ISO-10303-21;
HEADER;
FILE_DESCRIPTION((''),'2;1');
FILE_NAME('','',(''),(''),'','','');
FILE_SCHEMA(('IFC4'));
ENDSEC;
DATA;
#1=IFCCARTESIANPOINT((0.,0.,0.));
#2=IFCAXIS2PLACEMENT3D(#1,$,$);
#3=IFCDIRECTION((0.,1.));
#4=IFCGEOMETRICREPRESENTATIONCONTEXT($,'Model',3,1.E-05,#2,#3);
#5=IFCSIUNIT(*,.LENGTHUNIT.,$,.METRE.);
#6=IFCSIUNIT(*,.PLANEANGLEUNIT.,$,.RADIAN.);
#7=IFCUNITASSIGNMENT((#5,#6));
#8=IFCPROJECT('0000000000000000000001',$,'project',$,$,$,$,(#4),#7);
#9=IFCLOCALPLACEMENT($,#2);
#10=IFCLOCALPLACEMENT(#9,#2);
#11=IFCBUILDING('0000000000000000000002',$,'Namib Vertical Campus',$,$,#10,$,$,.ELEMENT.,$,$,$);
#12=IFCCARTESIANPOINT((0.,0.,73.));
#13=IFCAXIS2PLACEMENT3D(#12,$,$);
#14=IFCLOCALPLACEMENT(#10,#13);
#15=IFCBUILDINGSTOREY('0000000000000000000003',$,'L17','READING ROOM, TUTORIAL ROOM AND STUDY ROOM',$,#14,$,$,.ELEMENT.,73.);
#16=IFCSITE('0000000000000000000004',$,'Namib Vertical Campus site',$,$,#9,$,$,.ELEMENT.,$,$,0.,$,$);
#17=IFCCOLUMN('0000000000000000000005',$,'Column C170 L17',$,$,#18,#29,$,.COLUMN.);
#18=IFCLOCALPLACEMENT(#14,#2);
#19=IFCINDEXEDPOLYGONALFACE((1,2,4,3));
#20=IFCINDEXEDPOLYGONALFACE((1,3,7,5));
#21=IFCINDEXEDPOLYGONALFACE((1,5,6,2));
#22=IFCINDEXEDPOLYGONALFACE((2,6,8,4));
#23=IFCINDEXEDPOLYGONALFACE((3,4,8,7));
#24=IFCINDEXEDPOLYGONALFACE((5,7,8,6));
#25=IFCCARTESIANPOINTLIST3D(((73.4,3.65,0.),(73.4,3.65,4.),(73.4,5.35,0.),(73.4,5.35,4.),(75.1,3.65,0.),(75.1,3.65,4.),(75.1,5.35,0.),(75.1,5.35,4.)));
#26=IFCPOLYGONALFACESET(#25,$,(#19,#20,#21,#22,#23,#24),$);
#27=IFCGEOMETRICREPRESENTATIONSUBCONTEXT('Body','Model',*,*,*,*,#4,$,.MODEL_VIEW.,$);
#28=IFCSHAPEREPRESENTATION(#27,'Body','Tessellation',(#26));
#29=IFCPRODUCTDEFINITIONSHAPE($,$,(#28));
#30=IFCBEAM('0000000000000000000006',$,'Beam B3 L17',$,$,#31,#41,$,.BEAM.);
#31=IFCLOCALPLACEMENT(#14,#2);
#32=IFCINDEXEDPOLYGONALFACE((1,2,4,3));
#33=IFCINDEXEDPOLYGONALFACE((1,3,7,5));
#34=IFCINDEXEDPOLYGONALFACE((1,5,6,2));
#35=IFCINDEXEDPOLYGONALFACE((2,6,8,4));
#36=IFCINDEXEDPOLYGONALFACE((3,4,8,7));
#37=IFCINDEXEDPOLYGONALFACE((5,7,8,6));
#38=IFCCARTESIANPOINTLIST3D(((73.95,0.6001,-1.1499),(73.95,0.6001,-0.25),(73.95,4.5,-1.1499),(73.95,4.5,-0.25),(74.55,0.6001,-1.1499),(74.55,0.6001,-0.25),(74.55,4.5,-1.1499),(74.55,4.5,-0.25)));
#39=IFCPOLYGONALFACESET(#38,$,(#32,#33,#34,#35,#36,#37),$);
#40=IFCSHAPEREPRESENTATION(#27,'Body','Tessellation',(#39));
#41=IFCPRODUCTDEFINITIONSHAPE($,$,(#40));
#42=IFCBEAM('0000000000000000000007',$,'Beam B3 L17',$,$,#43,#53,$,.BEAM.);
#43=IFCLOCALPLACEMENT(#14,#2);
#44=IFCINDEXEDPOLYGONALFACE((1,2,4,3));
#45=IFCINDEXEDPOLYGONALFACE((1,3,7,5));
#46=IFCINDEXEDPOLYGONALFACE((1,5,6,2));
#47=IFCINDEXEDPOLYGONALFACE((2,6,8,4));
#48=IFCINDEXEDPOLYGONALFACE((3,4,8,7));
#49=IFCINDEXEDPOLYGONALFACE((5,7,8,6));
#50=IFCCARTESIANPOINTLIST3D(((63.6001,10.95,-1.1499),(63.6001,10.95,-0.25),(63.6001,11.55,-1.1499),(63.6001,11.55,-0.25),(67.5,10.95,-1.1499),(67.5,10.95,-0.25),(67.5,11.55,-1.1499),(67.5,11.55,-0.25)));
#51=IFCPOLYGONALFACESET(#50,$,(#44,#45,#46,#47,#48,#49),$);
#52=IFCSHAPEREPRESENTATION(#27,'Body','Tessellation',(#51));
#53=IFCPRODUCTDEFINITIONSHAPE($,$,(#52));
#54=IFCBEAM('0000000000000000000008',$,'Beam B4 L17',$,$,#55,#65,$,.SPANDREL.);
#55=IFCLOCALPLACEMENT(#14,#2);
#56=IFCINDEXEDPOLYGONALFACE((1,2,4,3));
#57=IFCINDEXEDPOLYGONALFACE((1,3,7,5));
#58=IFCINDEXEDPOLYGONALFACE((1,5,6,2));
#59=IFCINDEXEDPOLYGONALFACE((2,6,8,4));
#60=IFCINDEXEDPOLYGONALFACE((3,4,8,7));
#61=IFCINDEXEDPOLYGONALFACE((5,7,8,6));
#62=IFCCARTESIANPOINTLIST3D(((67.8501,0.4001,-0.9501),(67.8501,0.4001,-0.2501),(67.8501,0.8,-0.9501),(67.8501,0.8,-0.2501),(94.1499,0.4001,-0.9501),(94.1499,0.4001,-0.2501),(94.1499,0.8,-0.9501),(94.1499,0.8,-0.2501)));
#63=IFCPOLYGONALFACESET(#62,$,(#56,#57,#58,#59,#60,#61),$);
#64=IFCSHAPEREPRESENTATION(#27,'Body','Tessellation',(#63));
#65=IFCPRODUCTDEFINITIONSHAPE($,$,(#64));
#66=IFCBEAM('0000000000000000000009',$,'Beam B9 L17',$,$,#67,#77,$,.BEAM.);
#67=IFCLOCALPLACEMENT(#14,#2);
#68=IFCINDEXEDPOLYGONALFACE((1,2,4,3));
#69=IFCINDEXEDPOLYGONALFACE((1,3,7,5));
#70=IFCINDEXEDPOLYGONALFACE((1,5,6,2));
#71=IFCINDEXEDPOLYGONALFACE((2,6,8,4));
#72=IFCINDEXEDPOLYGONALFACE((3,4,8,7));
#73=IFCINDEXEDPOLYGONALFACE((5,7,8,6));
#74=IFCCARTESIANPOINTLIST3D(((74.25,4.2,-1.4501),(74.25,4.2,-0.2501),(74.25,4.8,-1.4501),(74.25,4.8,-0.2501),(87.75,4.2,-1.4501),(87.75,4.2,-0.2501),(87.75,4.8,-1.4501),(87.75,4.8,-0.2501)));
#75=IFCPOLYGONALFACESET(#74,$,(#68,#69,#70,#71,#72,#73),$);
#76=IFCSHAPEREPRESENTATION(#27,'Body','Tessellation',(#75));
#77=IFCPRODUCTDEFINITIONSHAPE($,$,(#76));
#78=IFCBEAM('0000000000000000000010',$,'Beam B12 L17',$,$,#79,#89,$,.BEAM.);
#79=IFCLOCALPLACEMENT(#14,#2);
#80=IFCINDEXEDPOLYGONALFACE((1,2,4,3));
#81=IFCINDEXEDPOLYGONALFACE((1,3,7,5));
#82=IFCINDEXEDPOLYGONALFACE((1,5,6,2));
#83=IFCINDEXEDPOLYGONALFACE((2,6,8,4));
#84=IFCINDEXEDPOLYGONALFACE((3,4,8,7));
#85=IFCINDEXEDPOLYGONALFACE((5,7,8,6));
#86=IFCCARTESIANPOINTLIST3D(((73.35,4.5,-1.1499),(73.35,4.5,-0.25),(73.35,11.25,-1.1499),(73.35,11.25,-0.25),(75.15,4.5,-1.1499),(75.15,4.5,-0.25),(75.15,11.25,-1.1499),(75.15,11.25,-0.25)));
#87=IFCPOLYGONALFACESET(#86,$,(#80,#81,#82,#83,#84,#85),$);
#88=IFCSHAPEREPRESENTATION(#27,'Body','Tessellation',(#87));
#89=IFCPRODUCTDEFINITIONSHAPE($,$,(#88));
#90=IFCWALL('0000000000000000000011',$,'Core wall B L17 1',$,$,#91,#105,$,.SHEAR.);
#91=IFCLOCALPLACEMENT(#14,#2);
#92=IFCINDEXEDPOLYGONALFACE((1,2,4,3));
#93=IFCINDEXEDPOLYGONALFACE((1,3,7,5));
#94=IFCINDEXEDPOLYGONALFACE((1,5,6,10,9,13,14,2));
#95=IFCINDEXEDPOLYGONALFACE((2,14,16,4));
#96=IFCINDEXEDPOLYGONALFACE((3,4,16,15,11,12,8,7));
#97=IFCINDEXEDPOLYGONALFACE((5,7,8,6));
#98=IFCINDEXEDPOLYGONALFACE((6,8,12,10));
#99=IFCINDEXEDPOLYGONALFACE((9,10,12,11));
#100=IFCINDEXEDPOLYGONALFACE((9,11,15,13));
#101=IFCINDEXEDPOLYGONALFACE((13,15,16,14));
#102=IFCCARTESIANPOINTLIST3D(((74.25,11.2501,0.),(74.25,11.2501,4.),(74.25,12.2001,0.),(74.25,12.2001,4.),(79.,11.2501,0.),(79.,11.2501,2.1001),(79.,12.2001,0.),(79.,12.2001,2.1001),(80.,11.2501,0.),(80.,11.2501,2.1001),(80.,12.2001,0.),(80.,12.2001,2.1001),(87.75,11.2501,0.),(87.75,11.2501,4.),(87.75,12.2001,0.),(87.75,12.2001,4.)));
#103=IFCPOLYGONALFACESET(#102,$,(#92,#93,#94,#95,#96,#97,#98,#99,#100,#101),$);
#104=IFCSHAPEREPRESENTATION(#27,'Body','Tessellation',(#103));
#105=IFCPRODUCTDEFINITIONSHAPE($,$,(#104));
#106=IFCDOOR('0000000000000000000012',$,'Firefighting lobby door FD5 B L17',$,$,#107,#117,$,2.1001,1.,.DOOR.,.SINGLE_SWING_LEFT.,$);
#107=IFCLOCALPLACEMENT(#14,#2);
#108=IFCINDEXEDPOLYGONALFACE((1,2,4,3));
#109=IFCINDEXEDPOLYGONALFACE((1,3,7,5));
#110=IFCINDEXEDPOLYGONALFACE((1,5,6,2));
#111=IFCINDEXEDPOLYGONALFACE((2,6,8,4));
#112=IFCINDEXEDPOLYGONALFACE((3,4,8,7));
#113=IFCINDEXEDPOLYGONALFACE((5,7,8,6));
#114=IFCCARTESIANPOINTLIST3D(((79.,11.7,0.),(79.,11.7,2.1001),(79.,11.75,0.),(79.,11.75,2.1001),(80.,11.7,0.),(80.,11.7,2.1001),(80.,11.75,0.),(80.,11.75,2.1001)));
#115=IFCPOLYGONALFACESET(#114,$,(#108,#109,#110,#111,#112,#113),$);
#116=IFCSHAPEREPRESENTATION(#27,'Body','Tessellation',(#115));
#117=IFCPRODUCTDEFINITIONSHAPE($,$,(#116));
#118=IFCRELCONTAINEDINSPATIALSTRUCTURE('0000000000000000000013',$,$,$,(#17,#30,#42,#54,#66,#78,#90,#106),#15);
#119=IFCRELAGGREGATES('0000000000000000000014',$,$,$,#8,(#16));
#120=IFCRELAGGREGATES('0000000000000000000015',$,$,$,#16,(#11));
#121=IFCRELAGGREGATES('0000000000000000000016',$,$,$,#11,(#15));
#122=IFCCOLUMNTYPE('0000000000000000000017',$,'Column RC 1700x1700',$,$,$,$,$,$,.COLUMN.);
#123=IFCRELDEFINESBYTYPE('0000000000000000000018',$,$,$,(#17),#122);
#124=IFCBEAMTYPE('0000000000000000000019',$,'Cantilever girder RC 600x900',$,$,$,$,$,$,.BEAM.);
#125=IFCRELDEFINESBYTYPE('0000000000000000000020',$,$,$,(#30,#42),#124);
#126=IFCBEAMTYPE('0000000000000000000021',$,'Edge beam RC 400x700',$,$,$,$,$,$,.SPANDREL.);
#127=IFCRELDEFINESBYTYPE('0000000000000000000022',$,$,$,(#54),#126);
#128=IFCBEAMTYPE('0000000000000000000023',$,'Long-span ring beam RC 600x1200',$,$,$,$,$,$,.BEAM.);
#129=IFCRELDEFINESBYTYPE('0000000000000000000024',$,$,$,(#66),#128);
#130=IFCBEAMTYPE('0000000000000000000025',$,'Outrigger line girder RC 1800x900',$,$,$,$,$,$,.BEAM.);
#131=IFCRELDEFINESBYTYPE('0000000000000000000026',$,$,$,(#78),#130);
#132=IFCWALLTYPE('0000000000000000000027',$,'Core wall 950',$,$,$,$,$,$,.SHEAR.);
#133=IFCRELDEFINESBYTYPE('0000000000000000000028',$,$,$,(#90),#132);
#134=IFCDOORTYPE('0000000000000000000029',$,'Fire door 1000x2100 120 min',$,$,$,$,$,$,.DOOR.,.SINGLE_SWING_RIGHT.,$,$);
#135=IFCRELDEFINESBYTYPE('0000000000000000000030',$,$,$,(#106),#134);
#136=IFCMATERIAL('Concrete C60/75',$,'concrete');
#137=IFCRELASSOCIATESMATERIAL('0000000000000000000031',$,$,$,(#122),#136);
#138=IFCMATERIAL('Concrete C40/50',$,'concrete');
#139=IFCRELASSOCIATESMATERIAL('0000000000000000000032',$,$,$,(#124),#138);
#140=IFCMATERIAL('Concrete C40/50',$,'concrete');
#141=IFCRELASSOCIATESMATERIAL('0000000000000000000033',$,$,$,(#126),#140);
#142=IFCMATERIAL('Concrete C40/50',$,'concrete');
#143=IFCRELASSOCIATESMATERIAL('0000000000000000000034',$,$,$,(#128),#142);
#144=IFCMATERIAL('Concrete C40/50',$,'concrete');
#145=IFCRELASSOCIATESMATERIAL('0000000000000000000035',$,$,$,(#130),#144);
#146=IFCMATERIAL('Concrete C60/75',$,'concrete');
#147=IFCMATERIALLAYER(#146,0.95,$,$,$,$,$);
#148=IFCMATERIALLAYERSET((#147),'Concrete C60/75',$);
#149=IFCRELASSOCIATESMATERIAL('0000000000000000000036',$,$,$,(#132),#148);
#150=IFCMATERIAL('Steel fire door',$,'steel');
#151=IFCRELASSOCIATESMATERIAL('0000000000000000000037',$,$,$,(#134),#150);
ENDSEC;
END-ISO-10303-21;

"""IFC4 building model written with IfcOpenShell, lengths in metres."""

from ifc_helpers import new_model, si_unit, direction, frame, frame_2d, origin, origin_2d, place, context, subcontext, project, spatial, rectangle, extrude, material, layer, layer_set, material_profile, profile_set, type_object, element, fill, save


model = new_model("IFC4")

# Units and contexts
model_context = context("Model", 3, precision=1e-05, world=origin(), true_north=direction((0.0, 1.0)))
body_context = subcontext(model_context, "Body", "Model", "MODEL_VIEW")
ifc_project = project(units=[si_unit("LENGTHUNIT", "METRE"), si_unit("PLANEANGLEUNIT", "RADIAN")], contexts=[model_context])

# Site, building, storey
site_placement = place(None, origin())
site = spatial("IfcSite", under=ifc_project, at=site_placement, Name="Namib Vertical Campus site", CompositionType="ELEMENT", RefElevation=0.0)
building_placement = place(site_placement, origin())
building = spatial("IfcBuilding", under=site, at=building_placement, Name="Namib Vertical Campus", CompositionType="ELEMENT")
storey_placement = place(building_placement, frame((0.0, 0.0, 73.0)))
storey = spatial("IfcBuildingStorey", under=building, at=storey_placement, Name="L17", Description="READING ROOM, TUTORIAL ROOM AND STUDY ROOM", CompositionType="ELEMENT", Elevation=73.0)

# Column
ifc_material_1 = material(Name="Concrete C60/75", Category="concrete")
ifc_material_profile_1 = material_profile(ifc_material_1, rectangle(XDim=1.7, YDim=1.7, at=origin_2d()))
ifc_profile_set_1 = profile_set([ifc_material_profile_1], Name="Concrete C60/75")
column_type = type_object("IfcColumnType", Name="Column RC 1700x1700", PredefinedType="COLUMN", material=ifc_profile_set_1)
column_placement = place(storey_placement, frame((74.25, 4.5, 0.0), z_axis=(0.0, 0.0, 1.0), x_axis=(1.0, 0.0, 0.0)))
element("IfcColumn", 1, at=column_placement, inside=storey, type_object=column_type, Name="Column C170 L17", PredefinedType="COLUMN", context=body_context, shape_type="SweptSolid", body=[
    extrude(rectangle(XDim=1.7, YDim=1.7, at=origin_2d()), origin(), (0.0, 0.0, 1.0), 4.0),
])

# Beams
ifc_material_2 = material(Name="Concrete C40/50", Category="concrete")
ifc_material_profile_2 = material_profile(ifc_material_2, rectangle(XDim=0.6001, YDim=0.8999, at=origin_2d()))
ifc_profile_set_2 = profile_set([ifc_material_profile_2], Name="Concrete C40/50")
beam_type_1 = type_object("IfcBeamType", Name="Cantilever girder RC 600x900", PredefinedType="BEAM", material=ifc_profile_set_2)
for number, where, z_axis, x_axis, name in (
    (2, (74.25, 4.5, -0.7), (0.0, -1.0, 0.0), (1.0, 0.0, 0.0), "Beam B3 L17"),
    (3, (67.5, 11.25, -0.7), (-1.0, 0.0, 0.0), (0.0, -1.0, 0.0), "Beam B3 L17"),
):
    element("IfcBeam", number, at=place(storey_placement, frame(where, z_axis=z_axis, x_axis=x_axis)), inside=storey, type_object=beam_type_1, Name=name, PredefinedType="BEAM", context=body_context, shape_type="SweptSolid", body=[
        extrude(rectangle(XDim=0.6001, YDim=0.8999, at=origin_2d()), origin(), (0.0, 0.0, 1.0), 3.8999),
    ])
ifc_material_3 = material(Name="Concrete C40/50", Category="concrete")
ifc_material_profile_3 = material_profile(ifc_material_3, rectangle(XDim=0.3999, YDim=0.7, at=origin_2d()))
ifc_profile_set_3 = profile_set([ifc_material_profile_3], Name="Concrete C40/50")
beam_type_2 = type_object("IfcBeamType", Name="Edge beam RC 400x700", PredefinedType="SPANDREL", material=ifc_profile_set_3)
beam_1_placement = place(storey_placement, frame((67.8501, 0.6001, -0.6001), z_axis=(1.0, 0.0, 0.0), x_axis=(0.0, 1.0, 0.0)))
element("IfcBeam", 4, at=beam_1_placement, inside=storey, type_object=beam_type_2, Name="Beam B4 L17", PredefinedType="SPANDREL", context=body_context, shape_type="SweptSolid", body=[
    extrude(rectangle(XDim=0.3999, YDim=0.7, at=origin_2d()), origin(), (0.0, 0.0, 1.0), 26.2998),
])
ifc_material_4 = material(Name="Concrete C40/50", Category="concrete")
ifc_material_profile_4 = material_profile(ifc_material_4, rectangle(XDim=0.6001, YDim=1.2, at=origin_2d()))
ifc_profile_set_4 = profile_set([ifc_material_profile_4], Name="Concrete C40/50")
beam_type_3 = type_object("IfcBeamType", Name="Long-span ring beam RC 600x1200", PredefinedType="BEAM", material=ifc_profile_set_4)
beam_2_placement = place(storey_placement, frame((74.25, 4.5, -0.8501), z_axis=(1.0, 0.0, 0.0), x_axis=(0.0, 1.0, 0.0)))
element("IfcBeam", 5, at=beam_2_placement, inside=storey, type_object=beam_type_3, Name="Beam B9 L17", PredefinedType="BEAM", context=body_context, shape_type="SweptSolid", body=[
    extrude(rectangle(XDim=0.6001, YDim=1.2, at=origin_2d()), origin(), (0.0, 0.0, 1.0), 13.5),
])
ifc_material_5 = material(Name="Concrete C40/50", Category="concrete")
ifc_material_profile_5 = material_profile(ifc_material_5, rectangle(XDim=1.8, YDim=0.8999, at=origin_2d()))
ifc_profile_set_5 = profile_set([ifc_material_profile_5], Name="Concrete C40/50")
beam_type_4 = type_object("IfcBeamType", Name="Outrigger line girder RC 1800x900", PredefinedType="BEAM", material=ifc_profile_set_5)
beam_3_placement = place(storey_placement, frame((74.25, 4.5, -0.7), z_axis=(0.0, 1.0, 0.0), x_axis=(-1.0, 0.0, 0.0)))
element("IfcBeam", 6, at=beam_3_placement, inside=storey, type_object=beam_type_4, Name="Beam B12 L17", PredefinedType="BEAM", context=body_context, shape_type="SweptSolid", body=[
    extrude(rectangle(XDim=1.8, YDim=0.8999, at=origin_2d()), origin(), (0.0, 0.0, 1.0), 6.75),
])

# Wall, opening, door
ifc_material_6 = material(Name="Concrete C60/75", Category="concrete")
ifc_layer_1 = layer(ifc_material_6, 0.95)
ifc_layer_set_1 = layer_set([ifc_layer_1], Name="Concrete C60/75")
wall_type_1 = type_object("IfcWallType", Name="Core wall 950", PredefinedType="SHEAR", material=ifc_layer_set_1)
wall_1_placement = place(storey_placement, frame((74.25, 11.7251, 0.0), z_axis=(0.0, 0.0, 1.0), x_axis=(1.0, 0.0, 0.0)))
wall_1 = element("IfcWall", 7, at=wall_1_placement, inside=storey, type_object=wall_type_1, Name="Core wall B L17 1", PredefinedType="SHEAR", context=body_context, shape_type="SweptSolid", body=[
    extrude(rectangle(XDim=13.5, YDim=0.95, at=frame_2d((6.75, 0.0))), origin(), (0.0, 0.0, 1.0), 4.0),
])
opening_1_placement = place(wall_1_placement, frame((4.75, 0.0, 0.0)))
opening_1 = element("IfcOpeningElement", 8, at=opening_1_placement, cuts=wall_1, PredefinedType="OPENING", context=body_context, shape_type="SweptSolid", body=[
    extrude(rectangle(XDim=1.0, YDim=2.1001, at=frame_2d((0.5, 1.05))), frame((0.0, 0.4849, 0.0), z_axis=(0.0, -1.0, 0.0), x_axis=(1.0, 0.0, 0.0)), (0.0, 0.0, 1.0), 0.97),
])
ifc_material_7 = material(Name="Steel fire door", Category="steel")
door_type_1 = type_object("IfcDoorType", Name="Fire door 1000x2100 120 min", OperationType="SINGLE_SWING_RIGHT", PredefinedType="DOOR", material=ifc_material_7)
door_1_placement = place(opening_1_placement, origin())
door_1 = element("IfcDoor", 9, at=door_1_placement, inside=storey, type_object=door_type_1, Name="Firefighting lobby door FD5 B L17", OperationType="SINGLE_SWING_LEFT", OverallHeight=2.1001, OverallWidth=1.0, PredefinedType="DOOR", context=body_context, shape_type="SweptSolid", body=[
    extrude(rectangle(XDim=1.0, YDim=2.1001, at=frame_2d((0.5, 1.05))), frame((0.0, 0.0249, 0.0), z_axis=(0.0, -1.0, 0.0), x_axis=(1.0, 0.0, 0.0)), (0.0, 0.0, 1.0), 0.05),
])
fill(opening_1, door_1)

save(model, "model.ifc")
